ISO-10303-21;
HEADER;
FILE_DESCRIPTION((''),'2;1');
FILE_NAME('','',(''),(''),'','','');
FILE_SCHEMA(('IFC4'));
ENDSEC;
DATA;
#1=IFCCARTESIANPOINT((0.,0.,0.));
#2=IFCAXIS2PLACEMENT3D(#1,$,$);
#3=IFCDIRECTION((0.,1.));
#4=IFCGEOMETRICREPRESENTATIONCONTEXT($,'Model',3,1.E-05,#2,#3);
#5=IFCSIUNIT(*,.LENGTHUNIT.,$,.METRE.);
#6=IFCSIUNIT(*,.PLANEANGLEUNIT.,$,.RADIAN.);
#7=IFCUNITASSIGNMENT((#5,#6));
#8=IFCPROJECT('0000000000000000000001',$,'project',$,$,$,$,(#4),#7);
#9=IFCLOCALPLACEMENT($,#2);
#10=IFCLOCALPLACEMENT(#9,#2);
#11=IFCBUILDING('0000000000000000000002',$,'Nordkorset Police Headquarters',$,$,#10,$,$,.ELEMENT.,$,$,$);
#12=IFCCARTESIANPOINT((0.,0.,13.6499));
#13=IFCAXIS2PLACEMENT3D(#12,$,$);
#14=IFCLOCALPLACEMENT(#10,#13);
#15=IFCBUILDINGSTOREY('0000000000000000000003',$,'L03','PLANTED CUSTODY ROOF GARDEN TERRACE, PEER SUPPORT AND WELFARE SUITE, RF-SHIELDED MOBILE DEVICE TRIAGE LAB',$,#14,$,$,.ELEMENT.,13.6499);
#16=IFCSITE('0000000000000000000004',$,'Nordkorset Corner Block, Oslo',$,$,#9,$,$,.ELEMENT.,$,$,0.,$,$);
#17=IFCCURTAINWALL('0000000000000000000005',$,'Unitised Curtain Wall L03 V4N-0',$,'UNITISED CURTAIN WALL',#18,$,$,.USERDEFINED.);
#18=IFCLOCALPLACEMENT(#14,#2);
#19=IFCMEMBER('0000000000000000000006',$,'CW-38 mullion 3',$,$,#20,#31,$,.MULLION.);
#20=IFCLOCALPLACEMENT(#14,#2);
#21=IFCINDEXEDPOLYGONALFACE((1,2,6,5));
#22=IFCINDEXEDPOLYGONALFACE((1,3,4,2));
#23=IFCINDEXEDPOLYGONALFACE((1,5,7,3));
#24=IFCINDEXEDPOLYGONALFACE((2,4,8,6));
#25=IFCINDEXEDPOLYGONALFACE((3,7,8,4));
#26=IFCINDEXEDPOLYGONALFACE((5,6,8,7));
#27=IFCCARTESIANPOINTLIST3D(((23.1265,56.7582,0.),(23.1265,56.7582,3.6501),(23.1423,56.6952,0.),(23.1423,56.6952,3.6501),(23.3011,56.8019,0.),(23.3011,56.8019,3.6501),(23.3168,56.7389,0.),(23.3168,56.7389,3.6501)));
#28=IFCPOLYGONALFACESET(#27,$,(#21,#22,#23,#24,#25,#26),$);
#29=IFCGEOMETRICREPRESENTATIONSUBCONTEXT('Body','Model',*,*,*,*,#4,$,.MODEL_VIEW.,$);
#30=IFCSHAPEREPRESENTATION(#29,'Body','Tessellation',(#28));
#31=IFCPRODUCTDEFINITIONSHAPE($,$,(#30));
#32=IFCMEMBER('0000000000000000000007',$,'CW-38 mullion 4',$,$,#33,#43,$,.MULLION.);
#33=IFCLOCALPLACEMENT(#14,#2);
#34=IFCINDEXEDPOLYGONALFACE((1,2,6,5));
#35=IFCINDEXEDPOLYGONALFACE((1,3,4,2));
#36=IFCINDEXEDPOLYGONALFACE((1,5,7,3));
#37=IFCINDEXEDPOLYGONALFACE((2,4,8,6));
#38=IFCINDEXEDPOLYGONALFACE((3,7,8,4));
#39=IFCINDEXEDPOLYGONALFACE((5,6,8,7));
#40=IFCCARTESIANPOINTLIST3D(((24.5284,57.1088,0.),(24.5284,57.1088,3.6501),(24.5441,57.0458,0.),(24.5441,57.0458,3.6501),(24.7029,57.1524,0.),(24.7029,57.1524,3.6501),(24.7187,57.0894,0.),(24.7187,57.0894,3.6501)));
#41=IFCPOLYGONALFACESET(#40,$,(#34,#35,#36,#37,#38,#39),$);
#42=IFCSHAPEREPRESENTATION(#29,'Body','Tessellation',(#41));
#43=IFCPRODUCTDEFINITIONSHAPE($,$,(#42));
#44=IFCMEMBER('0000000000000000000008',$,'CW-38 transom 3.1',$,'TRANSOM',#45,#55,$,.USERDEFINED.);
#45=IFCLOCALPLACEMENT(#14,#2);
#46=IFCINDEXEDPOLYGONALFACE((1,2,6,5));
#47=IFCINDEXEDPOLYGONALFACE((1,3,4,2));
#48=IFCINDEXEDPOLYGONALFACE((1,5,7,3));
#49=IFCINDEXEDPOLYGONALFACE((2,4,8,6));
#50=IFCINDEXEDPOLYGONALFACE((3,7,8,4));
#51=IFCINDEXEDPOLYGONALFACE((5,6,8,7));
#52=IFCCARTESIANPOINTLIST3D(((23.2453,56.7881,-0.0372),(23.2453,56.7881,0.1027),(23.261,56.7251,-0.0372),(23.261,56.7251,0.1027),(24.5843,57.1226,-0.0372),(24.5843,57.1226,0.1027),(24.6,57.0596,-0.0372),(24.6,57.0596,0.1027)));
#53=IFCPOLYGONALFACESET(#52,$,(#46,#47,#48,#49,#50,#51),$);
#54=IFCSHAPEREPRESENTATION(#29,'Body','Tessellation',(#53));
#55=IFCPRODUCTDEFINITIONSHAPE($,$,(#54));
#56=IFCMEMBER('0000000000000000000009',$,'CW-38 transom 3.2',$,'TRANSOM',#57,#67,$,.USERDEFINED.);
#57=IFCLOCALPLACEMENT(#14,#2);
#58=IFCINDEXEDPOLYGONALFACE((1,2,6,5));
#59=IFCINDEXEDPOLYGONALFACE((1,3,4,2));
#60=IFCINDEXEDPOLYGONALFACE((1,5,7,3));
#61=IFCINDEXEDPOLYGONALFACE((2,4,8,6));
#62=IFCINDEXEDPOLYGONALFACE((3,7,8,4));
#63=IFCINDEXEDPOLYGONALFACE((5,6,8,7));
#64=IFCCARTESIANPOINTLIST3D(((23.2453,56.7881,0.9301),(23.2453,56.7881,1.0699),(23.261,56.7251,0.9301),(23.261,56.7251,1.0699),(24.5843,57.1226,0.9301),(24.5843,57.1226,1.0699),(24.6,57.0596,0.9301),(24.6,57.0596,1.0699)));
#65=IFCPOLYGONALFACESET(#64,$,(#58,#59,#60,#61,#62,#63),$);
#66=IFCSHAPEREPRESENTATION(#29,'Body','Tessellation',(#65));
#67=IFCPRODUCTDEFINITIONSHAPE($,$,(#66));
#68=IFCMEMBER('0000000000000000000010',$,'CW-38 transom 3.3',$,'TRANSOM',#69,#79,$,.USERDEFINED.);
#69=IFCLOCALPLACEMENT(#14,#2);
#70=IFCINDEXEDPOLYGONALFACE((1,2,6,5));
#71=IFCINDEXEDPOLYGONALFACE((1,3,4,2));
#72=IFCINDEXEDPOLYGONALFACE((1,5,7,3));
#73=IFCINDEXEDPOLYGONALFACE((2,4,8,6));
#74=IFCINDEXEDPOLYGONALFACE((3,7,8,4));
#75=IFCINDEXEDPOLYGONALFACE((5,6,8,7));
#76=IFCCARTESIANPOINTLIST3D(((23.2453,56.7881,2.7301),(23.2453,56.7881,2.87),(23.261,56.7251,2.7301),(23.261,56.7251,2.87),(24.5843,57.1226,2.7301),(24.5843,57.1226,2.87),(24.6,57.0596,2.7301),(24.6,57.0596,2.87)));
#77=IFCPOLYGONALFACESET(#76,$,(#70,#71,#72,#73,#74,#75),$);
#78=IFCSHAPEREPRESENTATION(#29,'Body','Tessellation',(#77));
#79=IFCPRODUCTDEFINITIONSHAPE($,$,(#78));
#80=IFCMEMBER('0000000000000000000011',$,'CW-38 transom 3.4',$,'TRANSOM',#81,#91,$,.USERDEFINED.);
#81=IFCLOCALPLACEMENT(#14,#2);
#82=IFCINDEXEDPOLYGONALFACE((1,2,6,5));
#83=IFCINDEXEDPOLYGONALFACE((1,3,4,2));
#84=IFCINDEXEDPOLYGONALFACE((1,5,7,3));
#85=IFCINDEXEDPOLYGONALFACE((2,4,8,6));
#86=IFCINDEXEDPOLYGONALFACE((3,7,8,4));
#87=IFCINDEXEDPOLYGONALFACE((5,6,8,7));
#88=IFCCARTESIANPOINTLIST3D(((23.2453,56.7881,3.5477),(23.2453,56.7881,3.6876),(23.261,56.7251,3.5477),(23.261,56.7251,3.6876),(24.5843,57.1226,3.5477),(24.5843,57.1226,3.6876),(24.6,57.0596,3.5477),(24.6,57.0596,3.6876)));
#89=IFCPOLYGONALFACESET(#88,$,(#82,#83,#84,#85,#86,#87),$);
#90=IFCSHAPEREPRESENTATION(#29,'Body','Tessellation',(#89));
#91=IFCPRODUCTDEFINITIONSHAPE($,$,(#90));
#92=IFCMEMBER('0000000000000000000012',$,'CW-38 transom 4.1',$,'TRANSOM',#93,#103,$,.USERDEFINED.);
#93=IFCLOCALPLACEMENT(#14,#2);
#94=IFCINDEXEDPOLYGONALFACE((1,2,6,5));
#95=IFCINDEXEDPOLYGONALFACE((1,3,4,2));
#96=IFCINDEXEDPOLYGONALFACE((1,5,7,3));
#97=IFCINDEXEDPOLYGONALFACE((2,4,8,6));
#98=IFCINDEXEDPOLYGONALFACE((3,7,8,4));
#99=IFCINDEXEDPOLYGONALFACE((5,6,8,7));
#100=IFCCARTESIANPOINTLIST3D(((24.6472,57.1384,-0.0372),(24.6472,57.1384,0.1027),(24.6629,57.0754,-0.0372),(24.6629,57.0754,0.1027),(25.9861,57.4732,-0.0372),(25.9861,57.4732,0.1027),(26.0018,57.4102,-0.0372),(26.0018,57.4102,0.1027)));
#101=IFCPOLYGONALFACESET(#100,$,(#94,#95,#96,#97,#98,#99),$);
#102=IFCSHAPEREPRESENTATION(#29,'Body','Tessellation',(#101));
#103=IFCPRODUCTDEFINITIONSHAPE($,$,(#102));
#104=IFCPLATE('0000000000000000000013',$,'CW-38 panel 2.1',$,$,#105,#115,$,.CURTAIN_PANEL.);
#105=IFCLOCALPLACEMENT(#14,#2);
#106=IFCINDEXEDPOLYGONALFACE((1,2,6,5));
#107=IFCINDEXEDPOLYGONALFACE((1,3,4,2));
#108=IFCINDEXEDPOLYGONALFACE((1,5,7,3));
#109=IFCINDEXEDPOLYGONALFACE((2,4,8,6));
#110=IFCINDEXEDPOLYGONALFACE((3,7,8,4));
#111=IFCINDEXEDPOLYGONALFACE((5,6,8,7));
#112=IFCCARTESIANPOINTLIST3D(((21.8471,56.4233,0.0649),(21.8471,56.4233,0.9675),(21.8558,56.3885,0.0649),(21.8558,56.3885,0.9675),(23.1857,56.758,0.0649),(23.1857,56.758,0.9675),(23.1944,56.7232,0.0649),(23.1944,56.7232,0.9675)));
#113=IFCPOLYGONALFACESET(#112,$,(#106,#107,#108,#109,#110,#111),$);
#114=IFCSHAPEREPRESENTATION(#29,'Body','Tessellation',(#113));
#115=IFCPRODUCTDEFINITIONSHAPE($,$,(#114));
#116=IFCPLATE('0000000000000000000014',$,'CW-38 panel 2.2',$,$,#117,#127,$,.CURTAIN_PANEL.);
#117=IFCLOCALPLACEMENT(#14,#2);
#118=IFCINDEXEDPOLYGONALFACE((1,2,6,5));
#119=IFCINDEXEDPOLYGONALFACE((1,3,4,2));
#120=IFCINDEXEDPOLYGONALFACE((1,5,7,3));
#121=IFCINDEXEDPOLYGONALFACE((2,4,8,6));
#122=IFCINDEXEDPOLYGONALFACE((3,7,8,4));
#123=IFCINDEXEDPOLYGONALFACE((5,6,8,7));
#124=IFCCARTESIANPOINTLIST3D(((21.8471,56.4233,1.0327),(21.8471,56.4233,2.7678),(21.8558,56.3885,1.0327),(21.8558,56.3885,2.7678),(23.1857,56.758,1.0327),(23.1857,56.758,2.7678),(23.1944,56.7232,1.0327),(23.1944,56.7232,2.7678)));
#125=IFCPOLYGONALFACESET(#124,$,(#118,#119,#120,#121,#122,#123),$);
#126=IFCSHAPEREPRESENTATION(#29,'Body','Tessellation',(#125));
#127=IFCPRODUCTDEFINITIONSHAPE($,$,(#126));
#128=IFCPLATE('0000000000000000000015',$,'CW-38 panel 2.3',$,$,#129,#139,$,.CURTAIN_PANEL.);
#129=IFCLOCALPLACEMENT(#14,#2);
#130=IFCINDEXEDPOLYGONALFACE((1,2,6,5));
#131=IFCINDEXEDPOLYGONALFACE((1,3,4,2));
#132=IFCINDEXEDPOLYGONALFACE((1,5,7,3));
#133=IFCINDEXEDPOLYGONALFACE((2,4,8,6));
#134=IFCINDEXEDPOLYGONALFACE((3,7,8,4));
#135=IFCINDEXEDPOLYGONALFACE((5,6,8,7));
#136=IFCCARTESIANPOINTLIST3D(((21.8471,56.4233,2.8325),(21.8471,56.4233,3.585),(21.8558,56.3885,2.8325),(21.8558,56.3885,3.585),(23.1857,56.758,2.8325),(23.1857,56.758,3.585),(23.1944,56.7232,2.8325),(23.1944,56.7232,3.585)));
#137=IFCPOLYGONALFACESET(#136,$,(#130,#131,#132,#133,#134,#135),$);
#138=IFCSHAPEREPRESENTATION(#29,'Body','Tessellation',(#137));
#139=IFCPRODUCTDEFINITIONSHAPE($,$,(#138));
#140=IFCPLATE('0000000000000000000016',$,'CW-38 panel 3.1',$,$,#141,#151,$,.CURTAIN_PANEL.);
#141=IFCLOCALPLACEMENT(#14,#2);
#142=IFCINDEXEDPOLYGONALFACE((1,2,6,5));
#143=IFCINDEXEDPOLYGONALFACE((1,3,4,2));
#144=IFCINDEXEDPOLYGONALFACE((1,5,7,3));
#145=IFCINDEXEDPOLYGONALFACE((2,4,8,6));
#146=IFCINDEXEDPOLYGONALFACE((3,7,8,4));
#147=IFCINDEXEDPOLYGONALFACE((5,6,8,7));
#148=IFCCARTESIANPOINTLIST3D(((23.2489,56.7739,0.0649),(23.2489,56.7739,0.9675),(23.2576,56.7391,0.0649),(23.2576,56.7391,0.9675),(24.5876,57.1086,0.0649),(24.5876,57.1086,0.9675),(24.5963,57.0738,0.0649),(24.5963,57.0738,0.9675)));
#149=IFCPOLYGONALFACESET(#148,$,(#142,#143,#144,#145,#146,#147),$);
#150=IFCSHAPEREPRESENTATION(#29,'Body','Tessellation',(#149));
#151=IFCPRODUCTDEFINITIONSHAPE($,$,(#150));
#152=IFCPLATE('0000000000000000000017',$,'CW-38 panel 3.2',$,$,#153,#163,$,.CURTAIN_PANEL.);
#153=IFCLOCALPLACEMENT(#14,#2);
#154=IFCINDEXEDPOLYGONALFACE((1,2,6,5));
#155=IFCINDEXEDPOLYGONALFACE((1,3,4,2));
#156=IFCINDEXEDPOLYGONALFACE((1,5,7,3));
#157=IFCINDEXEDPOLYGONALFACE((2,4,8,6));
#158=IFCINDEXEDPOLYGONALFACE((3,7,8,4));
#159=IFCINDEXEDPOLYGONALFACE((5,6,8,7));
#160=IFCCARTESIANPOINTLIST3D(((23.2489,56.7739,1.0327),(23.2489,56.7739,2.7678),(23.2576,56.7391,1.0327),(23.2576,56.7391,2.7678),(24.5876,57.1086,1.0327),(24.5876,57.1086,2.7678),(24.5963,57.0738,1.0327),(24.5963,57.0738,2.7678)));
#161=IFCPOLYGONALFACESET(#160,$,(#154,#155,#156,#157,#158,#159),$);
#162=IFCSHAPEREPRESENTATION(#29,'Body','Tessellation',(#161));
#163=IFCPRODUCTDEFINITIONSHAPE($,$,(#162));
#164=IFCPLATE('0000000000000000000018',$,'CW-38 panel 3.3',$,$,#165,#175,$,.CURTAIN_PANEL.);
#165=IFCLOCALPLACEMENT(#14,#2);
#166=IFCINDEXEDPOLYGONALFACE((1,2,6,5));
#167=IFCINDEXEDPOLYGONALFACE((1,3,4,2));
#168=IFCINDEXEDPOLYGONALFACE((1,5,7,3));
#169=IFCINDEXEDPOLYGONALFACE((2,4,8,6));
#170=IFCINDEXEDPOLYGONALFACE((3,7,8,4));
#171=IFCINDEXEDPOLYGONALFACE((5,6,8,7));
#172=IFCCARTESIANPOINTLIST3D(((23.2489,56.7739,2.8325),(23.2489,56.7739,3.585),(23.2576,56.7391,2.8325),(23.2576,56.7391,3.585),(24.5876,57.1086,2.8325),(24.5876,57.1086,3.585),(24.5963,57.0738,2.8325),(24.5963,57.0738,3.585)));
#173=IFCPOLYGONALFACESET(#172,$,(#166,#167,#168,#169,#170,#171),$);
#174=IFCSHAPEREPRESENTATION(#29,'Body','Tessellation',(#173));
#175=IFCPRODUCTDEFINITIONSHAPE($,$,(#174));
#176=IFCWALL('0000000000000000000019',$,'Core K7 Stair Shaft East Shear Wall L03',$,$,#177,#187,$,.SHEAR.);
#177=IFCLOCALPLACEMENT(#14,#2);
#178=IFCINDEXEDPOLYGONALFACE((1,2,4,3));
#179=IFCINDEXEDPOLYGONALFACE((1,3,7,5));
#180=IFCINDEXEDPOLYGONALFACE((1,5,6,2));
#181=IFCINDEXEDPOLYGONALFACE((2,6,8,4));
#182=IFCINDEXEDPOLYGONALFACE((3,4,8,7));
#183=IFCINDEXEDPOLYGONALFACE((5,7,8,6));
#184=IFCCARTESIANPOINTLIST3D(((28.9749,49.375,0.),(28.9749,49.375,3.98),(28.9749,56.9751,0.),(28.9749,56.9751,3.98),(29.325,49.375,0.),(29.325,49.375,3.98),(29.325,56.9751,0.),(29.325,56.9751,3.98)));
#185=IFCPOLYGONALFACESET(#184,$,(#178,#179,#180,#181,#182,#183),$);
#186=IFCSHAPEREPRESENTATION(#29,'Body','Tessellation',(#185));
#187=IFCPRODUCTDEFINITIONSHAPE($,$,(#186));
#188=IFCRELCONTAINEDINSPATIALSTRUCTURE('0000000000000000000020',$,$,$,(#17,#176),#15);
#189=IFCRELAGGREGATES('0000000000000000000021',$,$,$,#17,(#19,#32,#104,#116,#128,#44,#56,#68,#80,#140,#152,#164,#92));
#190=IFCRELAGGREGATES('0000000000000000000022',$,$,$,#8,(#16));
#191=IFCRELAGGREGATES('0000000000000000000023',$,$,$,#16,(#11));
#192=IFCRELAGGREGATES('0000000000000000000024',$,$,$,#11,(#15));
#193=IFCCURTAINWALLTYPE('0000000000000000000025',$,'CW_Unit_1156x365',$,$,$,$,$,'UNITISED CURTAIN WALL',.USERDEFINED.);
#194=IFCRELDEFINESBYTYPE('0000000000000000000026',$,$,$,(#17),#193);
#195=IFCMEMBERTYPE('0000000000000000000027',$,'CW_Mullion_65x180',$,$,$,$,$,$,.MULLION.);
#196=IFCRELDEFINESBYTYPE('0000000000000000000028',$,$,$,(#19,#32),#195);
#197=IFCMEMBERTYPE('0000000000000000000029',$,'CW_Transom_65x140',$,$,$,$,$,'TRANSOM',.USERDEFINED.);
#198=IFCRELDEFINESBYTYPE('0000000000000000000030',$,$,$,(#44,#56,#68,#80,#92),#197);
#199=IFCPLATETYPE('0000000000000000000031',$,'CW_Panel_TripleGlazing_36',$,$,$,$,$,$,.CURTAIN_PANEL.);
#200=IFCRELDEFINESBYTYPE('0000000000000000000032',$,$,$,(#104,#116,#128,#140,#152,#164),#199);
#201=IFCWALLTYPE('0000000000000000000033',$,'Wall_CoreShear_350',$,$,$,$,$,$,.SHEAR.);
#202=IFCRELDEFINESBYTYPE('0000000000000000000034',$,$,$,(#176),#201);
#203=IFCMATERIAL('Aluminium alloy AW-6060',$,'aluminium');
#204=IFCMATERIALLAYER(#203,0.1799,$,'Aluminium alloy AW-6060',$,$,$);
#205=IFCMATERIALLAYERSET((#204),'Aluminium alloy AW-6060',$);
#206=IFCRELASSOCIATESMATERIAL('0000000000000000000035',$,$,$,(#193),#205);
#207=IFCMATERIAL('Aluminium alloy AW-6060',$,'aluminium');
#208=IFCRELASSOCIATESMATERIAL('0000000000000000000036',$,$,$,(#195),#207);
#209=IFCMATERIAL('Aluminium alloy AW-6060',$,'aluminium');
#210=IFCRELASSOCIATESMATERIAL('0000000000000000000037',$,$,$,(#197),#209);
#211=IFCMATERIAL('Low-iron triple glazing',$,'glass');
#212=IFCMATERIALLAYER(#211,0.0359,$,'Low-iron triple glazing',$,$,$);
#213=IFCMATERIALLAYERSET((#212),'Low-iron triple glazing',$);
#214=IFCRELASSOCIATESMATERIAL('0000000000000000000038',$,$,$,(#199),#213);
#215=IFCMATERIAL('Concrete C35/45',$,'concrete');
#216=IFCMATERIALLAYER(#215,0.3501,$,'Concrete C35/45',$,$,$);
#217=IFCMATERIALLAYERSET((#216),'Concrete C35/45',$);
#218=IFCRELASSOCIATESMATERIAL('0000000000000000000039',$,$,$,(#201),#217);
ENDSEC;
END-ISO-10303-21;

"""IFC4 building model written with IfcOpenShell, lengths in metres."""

from ifc_helpers import new_model, si_unit, direction, frame, frame_2d, origin, origin_2d, place, context, subcontext, project, spatial, rectangle, extrude, material, layer, layer_set, material_profile, profile_set, type_object, element, aggregate, save


model = new_model("IFC4")

# Units and contexts
model_context = context("Model", 3, precision=1e-05, world=origin(), true_north=direction((0.0, 1.0)))
body_context = subcontext(model_context, "Body", "Model", "MODEL_VIEW")
ifc_project = project(units=[si_unit("LENGTHUNIT", "METRE"), si_unit("PLANEANGLEUNIT", "RADIAN")], contexts=[model_context])

# Site, building, storey
site_placement = place(None, origin())
site = spatial("IfcSite", under=ifc_project, at=site_placement, Name="Nordkorset Corner Block, Oslo", CompositionType="ELEMENT", RefElevation=0.0)
building_placement = place(site_placement, origin())
building = spatial("IfcBuilding", under=site, at=building_placement, Name="Nordkorset Police Headquarters", CompositionType="ELEMENT")
storey_placement = place(building_placement, frame((0.0, 0.0, 13.6499)))
storey = spatial("IfcBuildingStorey", under=building, at=storey_placement, Name="L03", Description="PLANTED CUSTODY ROOF GARDEN TERRACE, PEER SUPPORT AND WELFARE SUITE, RF-SHIELDED MOBILE DEVICE TRIAGE LAB", CompositionType="ELEMENT", Elevation=13.6499)

# Curtain wall, members, plates
ifc_material_1 = material(Name="Aluminium alloy AW-6060", Category="aluminium")
ifc_layer_1 = layer(ifc_material_1, 0.1799, Name="Aluminium alloy AW-6060")
ifc_layer_set_1 = layer_set([ifc_layer_1], Name="Aluminium alloy AW-6060")
curtain_wall_type = type_object("IfcCurtainWallType", Name="CW_Unit_1156x365", ElementType="UNITISED CURTAIN WALL", PredefinedType="USERDEFINED", material=ifc_layer_set_1)
curtain_wall_placement = place(storey_placement, origin())
curtain_wall = element("IfcCurtainWall", 1, at=curtain_wall_placement, inside=storey, type_object=curtain_wall_type, Name="Unitised Curtain Wall L03 V4N-0", ObjectType="UNITISED CURTAIN WALL", PredefinedType="USERDEFINED")
ifc_material_2 = material(Name="Aluminium alloy AW-6060", Category="aluminium")
ifc_material_profile_1 = material_profile(ifc_material_2, rectangle(XDim=0.0649, YDim=0.1799, at=origin_2d()), Name="ALU MULL 65x180")
ifc_profile_set_1 = profile_set([ifc_material_profile_1], Name="Aluminium alloy AW-6060")
member_type_1 = type_object("IfcMemberType", Name="CW_Mullion_65x180", PredefinedType="MULLION", material=ifc_profile_set_1)
member_1_placement = place(storey_placement, frame((23.2217, 56.7485, 0.0), z_axis=(0.0, 0.0, 1.0), x_axis=(-0.242536, 0.970142, 0.0)))
member_1 = element("IfcMember", 2, at=member_1_placement, type_object=member_type_1, Name="CW-38 mullion 3", PredefinedType="MULLION", context=body_context, shape_type="SweptSolid", body=[
    extrude(rectangle(XDim=0.0649, YDim=0.1799, at=origin_2d()), origin(), (0.0, 0.0, 1.0), 3.6501),
])
member_2_placement = place(storey_placement, frame((24.6235, 57.0991, 0.0), z_axis=(0.0, 0.0, 1.0), x_axis=(-0.242536, 0.970142, 0.0)))
member_2 = element("IfcMember", 3, at=member_2_placement, type_object=member_type_1, Name="CW-38 mullion 4", PredefinedType="MULLION", context=body_context, shape_type="SweptSolid", body=[
    extrude(rectangle(XDim=0.0649, YDim=0.1799, at=origin_2d()), origin(), (0.0, 0.0, 1.0), 3.6501),
])
ifc_material_3 = material(Name="Aluminium alloy AW-6060", Category="aluminium")
ifc_material_profile_2 = material_profile(ifc_material_3, rectangle(XDim=0.0649, YDim=0.1399, at=origin_2d()), Name="ALU TRAN 65x140")
ifc_profile_set_2 = profile_set([ifc_material_profile_2], Name="Aluminium alloy AW-6060")
member_type_2 = type_object("IfcMemberType", Name="CW_Transom_65x140", ElementType="TRANSOM", PredefinedType="USERDEFINED", material=ifc_profile_set_2)
member_3_placement = place(storey_placement, frame((23.2532, 56.7566, 0.0327), z_axis=(0.970184, 0.242369, 0.0), x_axis=(-0.242369, 0.970184, 0.0)))
member_3 = element("IfcMember", 4, at=member_3_placement, type_object=member_type_2, Name="CW-38 transom 3.1", ObjectType="TRANSOM", PredefinedType="USERDEFINED", context=body_context, shape_type="SweptSolid", body=[
    extrude(rectangle(XDim=0.0649, YDim=0.1399, at=origin_2d()), origin(), (0.0, 0.0, 1.0), 1.3801),
])
member_4_placement = place(storey_placement, frame((23.2532, 56.7566, 1.0), z_axis=(0.970184, 0.242369, 0.0), x_axis=(-0.242369, 0.970184, 0.0)))
member_4 = element("IfcMember", 5, at=member_4_placement, type_object=member_type_2, Name="CW-38 transom 3.2", ObjectType="TRANSOM", PredefinedType="USERDEFINED", context=body_context, shape_type="SweptSolid", body=[
    extrude(rectangle(XDim=0.0649, YDim=0.1399, at=origin_2d()), origin(), (0.0, 0.0, 1.0), 1.3801),
])
member_5_placement = place(storey_placement, frame((23.2532, 56.7566, 2.8), z_axis=(0.970184, 0.242369, 0.0), x_axis=(-0.242369, 0.970184, 0.0)))
member_5 = element("IfcMember", 6, at=member_5_placement, type_object=member_type_2, Name="CW-38 transom 3.3", ObjectType="TRANSOM", PredefinedType="USERDEFINED", context=body_context, shape_type="SweptSolid", body=[
    extrude(rectangle(XDim=0.0649, YDim=0.1399, at=origin_2d()), origin(), (0.0, 0.0, 1.0), 1.3801),
])
member_6_placement = place(storey_placement, frame((23.2532, 56.7566, 3.6177), z_axis=(0.970184, 0.242369, 0.0), x_axis=(-0.242369, 0.970184, 0.0)))
member_6 = element("IfcMember", 7, at=member_6_placement, type_object=member_type_2, Name="CW-38 transom 3.4", ObjectType="TRANSOM", PredefinedType="USERDEFINED", context=body_context, shape_type="SweptSolid", body=[
    extrude(rectangle(XDim=0.0649, YDim=0.1399, at=origin_2d()), origin(), (0.0, 0.0, 1.0), 1.3801),
])
member_7_placement = place(storey_placement, frame((24.655, 57.1069, 0.0327), z_axis=(0.970143, 0.242536, 0.0), x_axis=(-0.242536, 0.970143, 0.0)))
member_7 = element("IfcMember", 8, at=member_7_placement, type_object=member_type_2, Name="CW-38 transom 4.1", ObjectType="TRANSOM", PredefinedType="USERDEFINED", context=body_context, shape_type="SweptSolid", body=[
    extrude(rectangle(XDim=0.0649, YDim=0.1399, at=origin_2d()), origin(), (0.0, 0.0, 1.0), 1.3801),
])
ifc_material_4 = material(Name="Low-iron triple glazing", Category="glass")
ifc_layer_2 = layer(ifc_material_4, 0.0359, Name="Low-iron triple glazing")
ifc_layer_set_2 = layer_set([ifc_layer_2], Name="Low-iron triple glazing")
plate_type = type_object("IfcPlateType", Name="CW_Panel_TripleGlazing_36", PredefinedType="CURTAIN_PANEL", material=ifc_layer_set_2)
plate_1_placement = place(storey_placement, frame((22.5208, 56.5732, 0.0649), z_axis=(0.0, 0.0, 1.0), x_axis=(0.970142, 0.242536, 0.0)))
plate_1 = element("IfcPlate", 9, at=plate_1_placement, type_object=plate_type, Name="CW-38 panel 2.1", PredefinedType="CURTAIN_PANEL", context=body_context, shape_type="SweptSolid", body=[
    extrude(rectangle(XDim=1.3799, YDim=0.0359, at=origin_2d()), origin(), (0.0, 0.0, 1.0), 0.9026),
])
plate_2_placement = place(storey_placement, frame((22.5208, 56.5732, 1.0327), z_axis=(0.0, 0.0, 1.0), x_axis=(0.970142, 0.242536, 0.0)))
plate_2 = element("IfcPlate", 10, at=plate_2_placement, type_object=plate_type, Name="CW-38 panel 2.2", PredefinedType="CURTAIN_PANEL", context=body_context, shape_type="SweptSolid", body=[
    extrude(rectangle(XDim=1.3799, YDim=0.0359, at=origin_2d()), origin(), (0.0, 0.0, 1.0), 1.7351),
])
plate_3_placement = place(storey_placement, frame((22.5208, 56.5732, 2.8325), z_axis=(0.0, 0.0, 1.0), x_axis=(0.970142, 0.242536, 0.0)))
plate_3 = element("IfcPlate", 11, at=plate_3_placement, type_object=plate_type, Name="CW-38 panel 2.3", PredefinedType="CURTAIN_PANEL", context=body_context, shape_type="SweptSolid", body=[
    extrude(rectangle(XDim=1.3799, YDim=0.0359, at=origin_2d()), origin(), (0.0, 0.0, 1.0), 0.7524),
])
plate_4_placement = place(storey_placement, frame((23.9226, 56.9238, 0.0649), z_axis=(0.0, 0.0, 1.0), x_axis=(0.970142, 0.242536, 0.0)))
plate_4 = element("IfcPlate", 12, at=plate_4_placement, type_object=plate_type, Name="CW-38 panel 3.1", PredefinedType="CURTAIN_PANEL", context=body_context, shape_type="SweptSolid", body=[
    extrude(rectangle(XDim=1.3799, YDim=0.0359, at=origin_2d()), origin(), (0.0, 0.0, 1.0), 0.9026),
])
plate_5_placement = place(storey_placement, frame((23.9226, 56.9238, 1.0327), z_axis=(0.0, 0.0, 1.0), x_axis=(0.970142, 0.242536, 0.0)))
plate_5 = element("IfcPlate", 13, at=plate_5_placement, type_object=plate_type, Name="CW-38 panel 3.2", PredefinedType="CURTAIN_PANEL", context=body_context, shape_type="SweptSolid", body=[
    extrude(rectangle(XDim=1.3799, YDim=0.0359, at=origin_2d()), origin(), (0.0, 0.0, 1.0), 1.7351),
])
plate_6_placement = place(storey_placement, frame((23.9226, 56.9238, 2.8325), z_axis=(0.0, 0.0, 1.0), x_axis=(0.970142, 0.242536, 0.0)))
plate_6 = element("IfcPlate", 14, at=plate_6_placement, type_object=plate_type, Name="CW-38 panel 3.3", PredefinedType="CURTAIN_PANEL", context=body_context, shape_type="SweptSolid", body=[
    extrude(rectangle(XDim=1.3799, YDim=0.0359, at=origin_2d()), origin(), (0.0, 0.0, 1.0), 0.7524),
])
aggregate(curtain_wall, [member_1, member_2, plate_1, plate_2, plate_3, member_3, member_4, member_5, member_6, plate_4, plate_5, plate_6, member_7])

# Wall
ifc_material_5 = material(Name="Concrete C35/45", Category="concrete")
ifc_layer_3 = layer(ifc_material_5, 0.3501, Name="Concrete C35/45")
ifc_layer_set_3 = layer_set([ifc_layer_3], Name="Concrete C35/45")
wall_type = type_object("IfcWallType", Name="Wall_CoreShear_350", PredefinedType="SHEAR", material=ifc_layer_set_3)
wall_placement = place(storey_placement, frame((29.1499, 49.375, 0.0), z_axis=(0.0, 0.0, 1.0), x_axis=(0.0, 1.0, 0.0)))
element("IfcWall", 15, at=wall_placement, inside=storey, type_object=wall_type, Name="Core K7 Stair Shaft East Shear Wall L03", PredefinedType="SHEAR", context=body_context, shape_type="SweptSolid", body=[
    extrude(rectangle(XDim=7.6001, YDim=0.3501, at=frame_2d((3.8, 0.0))), origin(), (0.0, 0.0, 1.0), 3.98),
])

save(model, "model.ifc")
